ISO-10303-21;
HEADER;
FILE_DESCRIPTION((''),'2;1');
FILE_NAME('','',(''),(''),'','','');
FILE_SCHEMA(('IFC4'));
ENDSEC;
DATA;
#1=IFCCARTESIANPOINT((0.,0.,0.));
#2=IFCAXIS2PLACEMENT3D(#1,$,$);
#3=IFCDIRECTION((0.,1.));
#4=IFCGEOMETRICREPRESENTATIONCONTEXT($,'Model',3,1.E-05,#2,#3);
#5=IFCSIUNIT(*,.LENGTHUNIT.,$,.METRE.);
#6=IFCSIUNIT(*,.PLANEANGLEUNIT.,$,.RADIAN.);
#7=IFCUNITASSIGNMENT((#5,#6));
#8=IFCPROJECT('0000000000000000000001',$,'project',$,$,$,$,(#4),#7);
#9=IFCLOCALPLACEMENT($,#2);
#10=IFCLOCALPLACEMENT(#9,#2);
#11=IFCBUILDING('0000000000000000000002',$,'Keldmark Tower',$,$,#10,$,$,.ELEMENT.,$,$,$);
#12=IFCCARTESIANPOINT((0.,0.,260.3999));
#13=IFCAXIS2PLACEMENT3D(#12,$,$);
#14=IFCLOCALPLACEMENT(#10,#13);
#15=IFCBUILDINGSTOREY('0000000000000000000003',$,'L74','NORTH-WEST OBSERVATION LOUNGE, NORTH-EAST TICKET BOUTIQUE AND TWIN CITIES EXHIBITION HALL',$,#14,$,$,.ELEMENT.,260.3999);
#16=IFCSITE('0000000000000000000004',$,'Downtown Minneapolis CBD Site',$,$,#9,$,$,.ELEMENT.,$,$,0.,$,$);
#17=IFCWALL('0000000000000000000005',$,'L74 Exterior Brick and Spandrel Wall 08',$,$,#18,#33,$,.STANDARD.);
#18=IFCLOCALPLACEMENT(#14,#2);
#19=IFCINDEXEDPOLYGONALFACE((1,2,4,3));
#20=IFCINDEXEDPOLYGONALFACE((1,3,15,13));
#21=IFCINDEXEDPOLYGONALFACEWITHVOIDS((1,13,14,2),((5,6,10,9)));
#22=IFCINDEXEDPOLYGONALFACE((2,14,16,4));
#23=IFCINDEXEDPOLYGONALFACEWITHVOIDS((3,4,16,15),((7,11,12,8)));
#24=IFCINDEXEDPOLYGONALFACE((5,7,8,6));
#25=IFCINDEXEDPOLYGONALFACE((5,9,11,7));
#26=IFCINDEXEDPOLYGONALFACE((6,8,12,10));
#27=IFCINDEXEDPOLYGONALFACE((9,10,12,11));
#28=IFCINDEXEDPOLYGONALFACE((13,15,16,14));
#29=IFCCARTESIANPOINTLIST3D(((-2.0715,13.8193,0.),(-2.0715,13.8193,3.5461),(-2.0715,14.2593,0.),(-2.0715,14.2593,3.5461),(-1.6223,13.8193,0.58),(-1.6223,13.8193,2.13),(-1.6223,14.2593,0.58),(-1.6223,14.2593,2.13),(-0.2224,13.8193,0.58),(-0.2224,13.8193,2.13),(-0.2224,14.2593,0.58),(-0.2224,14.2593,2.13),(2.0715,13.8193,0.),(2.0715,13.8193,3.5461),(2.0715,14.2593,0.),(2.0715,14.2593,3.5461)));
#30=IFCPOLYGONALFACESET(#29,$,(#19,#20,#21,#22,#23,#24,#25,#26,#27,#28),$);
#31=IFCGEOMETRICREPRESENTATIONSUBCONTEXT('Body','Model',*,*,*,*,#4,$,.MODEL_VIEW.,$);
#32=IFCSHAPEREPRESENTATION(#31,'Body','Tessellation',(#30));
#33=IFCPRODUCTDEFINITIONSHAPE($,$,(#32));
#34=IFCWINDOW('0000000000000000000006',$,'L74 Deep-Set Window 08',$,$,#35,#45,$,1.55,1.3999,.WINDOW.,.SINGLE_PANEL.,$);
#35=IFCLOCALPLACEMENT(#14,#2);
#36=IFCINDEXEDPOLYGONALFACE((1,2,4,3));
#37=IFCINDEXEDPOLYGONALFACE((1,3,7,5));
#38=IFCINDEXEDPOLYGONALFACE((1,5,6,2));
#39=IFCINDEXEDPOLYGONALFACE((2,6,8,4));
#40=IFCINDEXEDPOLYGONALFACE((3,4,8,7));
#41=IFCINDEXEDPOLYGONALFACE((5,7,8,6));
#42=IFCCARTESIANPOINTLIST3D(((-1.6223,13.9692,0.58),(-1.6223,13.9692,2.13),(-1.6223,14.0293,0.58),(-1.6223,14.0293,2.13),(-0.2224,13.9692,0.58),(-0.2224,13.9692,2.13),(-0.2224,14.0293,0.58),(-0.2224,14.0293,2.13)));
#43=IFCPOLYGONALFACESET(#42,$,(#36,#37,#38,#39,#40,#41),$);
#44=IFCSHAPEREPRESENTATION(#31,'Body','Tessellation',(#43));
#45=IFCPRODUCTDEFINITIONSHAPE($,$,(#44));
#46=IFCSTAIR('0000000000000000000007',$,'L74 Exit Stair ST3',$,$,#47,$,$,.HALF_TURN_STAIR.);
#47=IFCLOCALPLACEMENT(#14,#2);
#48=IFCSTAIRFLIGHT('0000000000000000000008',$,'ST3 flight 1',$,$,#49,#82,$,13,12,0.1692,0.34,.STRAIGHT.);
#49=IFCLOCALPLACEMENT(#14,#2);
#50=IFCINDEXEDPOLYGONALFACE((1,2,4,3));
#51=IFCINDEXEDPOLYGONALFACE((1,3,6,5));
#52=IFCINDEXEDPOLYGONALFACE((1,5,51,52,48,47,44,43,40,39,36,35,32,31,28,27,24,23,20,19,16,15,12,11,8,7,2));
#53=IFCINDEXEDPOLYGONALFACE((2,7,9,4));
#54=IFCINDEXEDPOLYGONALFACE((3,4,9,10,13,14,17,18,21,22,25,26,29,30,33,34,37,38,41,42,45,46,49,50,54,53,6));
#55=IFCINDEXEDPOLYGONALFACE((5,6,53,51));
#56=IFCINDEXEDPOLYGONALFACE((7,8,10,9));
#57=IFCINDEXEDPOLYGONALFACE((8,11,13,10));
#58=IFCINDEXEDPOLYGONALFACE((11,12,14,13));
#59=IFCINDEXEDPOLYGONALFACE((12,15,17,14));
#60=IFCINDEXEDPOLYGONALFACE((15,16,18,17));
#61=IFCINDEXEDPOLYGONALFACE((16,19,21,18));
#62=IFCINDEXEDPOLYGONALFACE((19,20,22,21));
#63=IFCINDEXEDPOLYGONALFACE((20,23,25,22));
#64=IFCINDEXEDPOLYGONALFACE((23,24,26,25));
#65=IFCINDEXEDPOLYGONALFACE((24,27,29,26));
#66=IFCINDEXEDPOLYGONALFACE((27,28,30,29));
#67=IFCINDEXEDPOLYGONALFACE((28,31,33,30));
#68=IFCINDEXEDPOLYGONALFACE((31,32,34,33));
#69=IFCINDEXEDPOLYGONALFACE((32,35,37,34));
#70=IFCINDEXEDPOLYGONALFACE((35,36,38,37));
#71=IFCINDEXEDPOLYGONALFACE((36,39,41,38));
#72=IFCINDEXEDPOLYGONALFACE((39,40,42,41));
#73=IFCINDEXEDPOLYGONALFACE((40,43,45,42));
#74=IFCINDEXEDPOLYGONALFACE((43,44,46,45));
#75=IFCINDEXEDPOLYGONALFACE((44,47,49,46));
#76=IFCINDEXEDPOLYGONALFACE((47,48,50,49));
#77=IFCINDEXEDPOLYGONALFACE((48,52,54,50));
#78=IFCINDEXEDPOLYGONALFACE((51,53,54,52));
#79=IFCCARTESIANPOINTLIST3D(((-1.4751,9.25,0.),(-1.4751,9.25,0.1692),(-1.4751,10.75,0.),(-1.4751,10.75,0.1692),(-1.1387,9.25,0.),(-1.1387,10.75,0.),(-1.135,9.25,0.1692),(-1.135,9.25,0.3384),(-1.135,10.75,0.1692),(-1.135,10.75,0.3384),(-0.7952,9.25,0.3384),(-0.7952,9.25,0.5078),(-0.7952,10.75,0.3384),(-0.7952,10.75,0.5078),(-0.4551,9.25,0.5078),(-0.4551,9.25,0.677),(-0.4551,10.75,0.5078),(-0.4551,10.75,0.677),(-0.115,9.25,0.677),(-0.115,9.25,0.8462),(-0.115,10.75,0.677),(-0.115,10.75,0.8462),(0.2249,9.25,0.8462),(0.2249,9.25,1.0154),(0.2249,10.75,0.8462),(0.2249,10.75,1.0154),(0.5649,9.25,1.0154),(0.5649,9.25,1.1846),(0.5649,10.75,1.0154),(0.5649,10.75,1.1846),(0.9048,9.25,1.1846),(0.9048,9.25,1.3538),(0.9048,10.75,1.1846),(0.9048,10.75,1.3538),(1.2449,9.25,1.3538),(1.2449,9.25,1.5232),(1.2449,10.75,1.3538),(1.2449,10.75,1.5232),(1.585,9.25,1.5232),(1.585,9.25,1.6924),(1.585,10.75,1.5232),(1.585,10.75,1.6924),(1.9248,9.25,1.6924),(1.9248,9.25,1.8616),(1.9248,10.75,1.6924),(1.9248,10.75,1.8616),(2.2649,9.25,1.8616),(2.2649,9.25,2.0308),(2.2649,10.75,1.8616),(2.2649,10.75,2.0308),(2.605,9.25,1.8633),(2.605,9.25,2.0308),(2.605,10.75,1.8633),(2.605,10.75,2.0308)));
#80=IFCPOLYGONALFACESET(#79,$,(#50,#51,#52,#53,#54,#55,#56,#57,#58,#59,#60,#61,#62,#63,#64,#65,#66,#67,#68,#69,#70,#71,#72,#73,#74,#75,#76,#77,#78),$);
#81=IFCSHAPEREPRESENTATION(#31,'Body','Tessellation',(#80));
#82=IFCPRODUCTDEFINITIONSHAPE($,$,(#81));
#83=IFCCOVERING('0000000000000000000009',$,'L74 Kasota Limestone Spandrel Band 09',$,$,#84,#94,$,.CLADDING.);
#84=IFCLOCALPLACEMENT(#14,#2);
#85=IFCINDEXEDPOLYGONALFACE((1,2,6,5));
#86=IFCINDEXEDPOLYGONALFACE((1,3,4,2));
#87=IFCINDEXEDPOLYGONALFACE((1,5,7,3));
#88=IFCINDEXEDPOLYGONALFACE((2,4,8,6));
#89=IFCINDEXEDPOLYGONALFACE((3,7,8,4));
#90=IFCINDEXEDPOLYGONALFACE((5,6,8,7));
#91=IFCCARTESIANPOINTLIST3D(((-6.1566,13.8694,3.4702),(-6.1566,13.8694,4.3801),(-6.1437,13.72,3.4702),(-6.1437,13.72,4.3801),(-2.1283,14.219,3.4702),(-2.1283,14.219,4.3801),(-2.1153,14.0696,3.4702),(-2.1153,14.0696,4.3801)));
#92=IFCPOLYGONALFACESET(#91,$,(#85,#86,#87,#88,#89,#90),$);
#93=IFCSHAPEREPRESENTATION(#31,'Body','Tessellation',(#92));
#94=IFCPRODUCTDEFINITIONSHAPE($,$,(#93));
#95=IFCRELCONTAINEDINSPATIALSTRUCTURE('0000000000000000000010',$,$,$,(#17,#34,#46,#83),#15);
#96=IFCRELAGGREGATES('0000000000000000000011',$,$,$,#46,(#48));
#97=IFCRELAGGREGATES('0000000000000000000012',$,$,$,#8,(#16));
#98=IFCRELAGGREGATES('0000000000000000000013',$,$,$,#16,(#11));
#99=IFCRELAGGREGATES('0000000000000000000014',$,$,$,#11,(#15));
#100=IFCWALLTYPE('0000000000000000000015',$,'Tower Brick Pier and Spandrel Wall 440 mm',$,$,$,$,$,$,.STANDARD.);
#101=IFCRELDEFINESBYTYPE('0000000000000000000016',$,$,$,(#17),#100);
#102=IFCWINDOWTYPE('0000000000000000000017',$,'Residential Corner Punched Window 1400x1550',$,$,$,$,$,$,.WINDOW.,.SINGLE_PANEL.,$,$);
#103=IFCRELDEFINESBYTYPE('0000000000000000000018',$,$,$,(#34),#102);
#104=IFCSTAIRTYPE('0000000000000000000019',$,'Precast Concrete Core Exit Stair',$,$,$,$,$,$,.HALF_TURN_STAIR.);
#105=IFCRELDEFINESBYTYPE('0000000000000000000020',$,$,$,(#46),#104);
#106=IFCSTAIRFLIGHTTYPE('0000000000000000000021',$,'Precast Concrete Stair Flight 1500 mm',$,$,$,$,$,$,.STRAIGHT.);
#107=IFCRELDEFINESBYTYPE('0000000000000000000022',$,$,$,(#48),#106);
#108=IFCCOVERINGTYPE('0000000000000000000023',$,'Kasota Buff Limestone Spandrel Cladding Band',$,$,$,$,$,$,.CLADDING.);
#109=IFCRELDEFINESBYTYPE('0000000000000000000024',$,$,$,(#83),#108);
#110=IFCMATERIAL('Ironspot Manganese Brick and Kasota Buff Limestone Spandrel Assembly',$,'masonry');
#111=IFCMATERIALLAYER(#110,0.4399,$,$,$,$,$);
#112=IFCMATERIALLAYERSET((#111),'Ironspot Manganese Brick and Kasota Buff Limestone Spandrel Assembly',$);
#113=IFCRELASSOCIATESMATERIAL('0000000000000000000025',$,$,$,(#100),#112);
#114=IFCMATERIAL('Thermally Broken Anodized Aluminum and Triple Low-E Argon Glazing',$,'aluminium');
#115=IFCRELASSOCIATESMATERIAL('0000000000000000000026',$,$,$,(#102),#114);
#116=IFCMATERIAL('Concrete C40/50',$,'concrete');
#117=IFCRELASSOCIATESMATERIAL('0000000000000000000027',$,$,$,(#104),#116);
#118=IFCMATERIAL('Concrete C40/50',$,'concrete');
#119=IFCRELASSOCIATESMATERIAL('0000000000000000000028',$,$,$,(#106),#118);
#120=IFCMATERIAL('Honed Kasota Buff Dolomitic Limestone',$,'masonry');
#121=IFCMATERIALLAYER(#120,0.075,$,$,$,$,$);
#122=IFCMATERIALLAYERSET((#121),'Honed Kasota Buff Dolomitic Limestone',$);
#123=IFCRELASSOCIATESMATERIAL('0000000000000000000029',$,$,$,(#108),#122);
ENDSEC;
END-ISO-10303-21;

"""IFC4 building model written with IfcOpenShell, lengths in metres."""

from ifc_helpers import new_model, si_unit, direction, frame, frame_2d, origin, origin_2d, place, context, subcontext, project, spatial, polyline, rectangle, outline, extrude, material, layer, layer_set, type_object, element, fill, aggregate, save


model = new_model("IFC4")

# Units and contexts
model_context = context("Model", 3, precision=1e-05, world=origin(), true_north=direction((0.0, 1.0)))
body_context = subcontext(model_context, "Body", "Model", "MODEL_VIEW")
ifc_project = project(units=[si_unit("LENGTHUNIT", "METRE"), si_unit("PLANEANGLEUNIT", "RADIAN")], contexts=[model_context])

# Site, building, storey
site_placement = place(None, origin())
site = spatial("IfcSite", under=ifc_project, at=site_placement, Name="Downtown Minneapolis CBD Site", CompositionType="ELEMENT", RefElevation=0.0)
building_placement = place(site_placement, origin())
building = spatial("IfcBuilding", under=site, at=building_placement, Name="Keldmark Tower", CompositionType="ELEMENT")
storey_placement = place(building_placement, frame((0.0, 0.0, 260.3999)))
storey = spatial("IfcBuildingStorey", under=building, at=storey_placement, Name="L74", Description="NORTH-WEST OBSERVATION LOUNGE, NORTH-EAST TICKET BOUTIQUE AND TWIN CITIES EXHIBITION HALL", CompositionType="ELEMENT", Elevation=260.3999)

# Wall, opening, window
ifc_material_1 = material(Name="Ironspot Manganese Brick and Kasota Buff Limestone Spandrel Assembly", Category="masonry")
ifc_layer_1 = layer(ifc_material_1, 0.4399)
ifc_layer_set_1 = layer_set([ifc_layer_1], Name="Ironspot Manganese Brick and Kasota Buff Limestone Spandrel Assembly")
wall_type_1 = type_object("IfcWallType", Name="Tower Brick Pier and Spandrel Wall 440 mm", PredefinedType="STANDARD", material=ifc_layer_set_1)
wall_1_placement = place(storey_placement, frame((-2.0715, 14.0393, 0.0), z_axis=(0.0, 0.0, 1.0), x_axis=(1.0, 0.0, 0.0)))
wall_1 = element("IfcWall", 1, at=wall_1_placement, inside=storey, type_object=wall_type_1, Name="L74 Exterior Brick and Spandrel Wall 08", PredefinedType="STANDARD", context=body_context, shape_type="SweptSolid", body=[
    extrude(rectangle(XDim=4.1431, YDim=0.4399, at=frame_2d((2.0715, 0.0))), origin(), (0.0, 0.0, 1.0), 3.5461),
])
opening_1_placement = place(wall_1_placement, frame((0.4492, 0.0, 0.5801)))
opening_1 = element("IfcOpeningElement", 2, at=opening_1_placement, cuts=wall_1, PredefinedType="OPENING", context=body_context, shape_type="SweptSolid", body=[
    extrude(rectangle(XDim=1.3999, YDim=1.55, at=frame_2d((0.7, 0.7749))), frame((0.0, 0.23, 0.0), z_axis=(0.0, -1.0, 0.0), x_axis=(1.0, 0.0, 0.0)), (0.0, 0.0, 1.0), 0.46),
])
ifc_material_2 = material(Name="Thermally Broken Anodized Aluminum and Triple Low-E Argon Glazing", Category="aluminium")
window_type = type_object("IfcWindowType", Name="Residential Corner Punched Window 1400x1550", PartitioningType="SINGLE_PANEL", PredefinedType="WINDOW", material=ifc_material_2)
window_placement = place(opening_1_placement, origin())
window = element("IfcWindow", 3, at=window_placement, inside=storey, type_object=window_type, Name="L74 Deep-Set Window 08", OverallHeight=1.55, OverallWidth=1.3999, PartitioningType="SINGLE_PANEL", PredefinedType="WINDOW", context=body_context, shape_type="SweptSolid", body=[
    extrude(rectangle(XDim=1.3999, YDim=1.55, at=frame_2d((0.7, 0.7749))), frame((0.0, -0.01, 0.0), z_axis=(0.0, -1.0, 0.0), x_axis=(1.0, 0.0, 0.0)), (0.0, 0.0, 1.0), 0.0601),
])
fill(opening_1, window)

# Stair, stair flight
ifc_material_3 = material(Name="Concrete C40/50", Category="concrete")
stair_type = type_object("IfcStairType", Name="Precast Concrete Core Exit Stair", PredefinedType="HALF_TURN_STAIR", material=ifc_material_3)
stair_placement = place(storey_placement, origin())
stair = element("IfcStair", 4, at=stair_placement, inside=storey, type_object=stair_type, Name="L74 Exit Stair ST3", PredefinedType="HALF_TURN_STAIR")
ifc_material_4 = material(Name="Concrete C40/50", Category="concrete")
stair_flight_type = type_object("IfcStairFlightType", Name="Precast Concrete Stair Flight 1500 mm", PredefinedType="STRAIGHT", material=ifc_material_4)
stair_flight_placement = place(storey_placement, frame((-1.4751, 10.0, 0.0), z_axis=(0.0, 0.0, 1.0), x_axis=(1.0, 0.0, 0.0)))
stair_flight = element("IfcStairFlight", 5, at=stair_flight_placement, type_object=stair_flight_type, Name="ST3 flight 1", NumberOfRisers=13, NumberOfTreads=12, PredefinedType="STRAIGHT", RiserHeight=0.1692, TreadLength=0.34, context=body_context, shape_type="SweptSolid", body=[
    extrude(outline(polyline([(0.0, 0.0), (0.0, 0.1692), (0.3401, 0.1692), (0.3401, 0.3384), (0.6799, 0.3384), (0.6799, 0.5078), (1.02, 0.5078), (1.02, 0.677), (1.3601, 0.677), (1.3601, 0.8462), (1.7, 0.8462), (1.7, 1.0154), (2.04, 1.0154), (2.04, 1.1846), (2.3799, 1.1846), (2.3799, 1.3538), (2.72, 1.3538), (2.72, 1.5232), (3.0601, 1.5232), (3.0601, 1.6924), (3.3999, 1.6924), (3.3999, 1.8616), (3.74, 1.8616), (3.74, 2.0308), (4.0801, 2.0308), (4.0801, 2.2), (4.0801, 1.8633), (0.3364, 0.0), (0.0, 0.0)])), frame((0.0, 0.75, 0.0), z_axis=(0.0, -1.0, 0.0), x_axis=(1.0, 0.0, 0.0)), (0.0, 0.0, 1.0), 1.5),
])
aggregate(stair, [stair_flight])

# Covering
ifc_material_5 = material(Name="Honed Kasota Buff Dolomitic Limestone", Category="masonry")
ifc_layer_2 = layer(ifc_material_5, 0.075)
ifc_layer_set_2 = layer_set([ifc_layer_2], Name="Honed Kasota Buff Dolomitic Limestone")
covering_type = type_object("IfcCoveringType", Name="Kasota Buff Limestone Spandrel Cladding Band", PredefinedType="CLADDING", material=ifc_layer_set_2)
covering_placement = place(storey_placement, frame((-4.136, 13.9695, 3.4702), z_axis=(0.0, 0.0, 1.0), x_axis=(-0.996255, -0.08646, 0.0)))
element("IfcCovering", 6, at=covering_placement, inside=storey, type_object=covering_type, Name="L74 Kasota Limestone Spandrel Band 09", PredefinedType="CLADDING", context=body_context, shape_type="SweptSolid", body=[
    extrude(rectangle(XDim=4.0435, YDim=0.1499, at=origin_2d()), origin(), (0.0, 0.0, 1.0), 0.9099),
])

save(model, "model.ifc")
